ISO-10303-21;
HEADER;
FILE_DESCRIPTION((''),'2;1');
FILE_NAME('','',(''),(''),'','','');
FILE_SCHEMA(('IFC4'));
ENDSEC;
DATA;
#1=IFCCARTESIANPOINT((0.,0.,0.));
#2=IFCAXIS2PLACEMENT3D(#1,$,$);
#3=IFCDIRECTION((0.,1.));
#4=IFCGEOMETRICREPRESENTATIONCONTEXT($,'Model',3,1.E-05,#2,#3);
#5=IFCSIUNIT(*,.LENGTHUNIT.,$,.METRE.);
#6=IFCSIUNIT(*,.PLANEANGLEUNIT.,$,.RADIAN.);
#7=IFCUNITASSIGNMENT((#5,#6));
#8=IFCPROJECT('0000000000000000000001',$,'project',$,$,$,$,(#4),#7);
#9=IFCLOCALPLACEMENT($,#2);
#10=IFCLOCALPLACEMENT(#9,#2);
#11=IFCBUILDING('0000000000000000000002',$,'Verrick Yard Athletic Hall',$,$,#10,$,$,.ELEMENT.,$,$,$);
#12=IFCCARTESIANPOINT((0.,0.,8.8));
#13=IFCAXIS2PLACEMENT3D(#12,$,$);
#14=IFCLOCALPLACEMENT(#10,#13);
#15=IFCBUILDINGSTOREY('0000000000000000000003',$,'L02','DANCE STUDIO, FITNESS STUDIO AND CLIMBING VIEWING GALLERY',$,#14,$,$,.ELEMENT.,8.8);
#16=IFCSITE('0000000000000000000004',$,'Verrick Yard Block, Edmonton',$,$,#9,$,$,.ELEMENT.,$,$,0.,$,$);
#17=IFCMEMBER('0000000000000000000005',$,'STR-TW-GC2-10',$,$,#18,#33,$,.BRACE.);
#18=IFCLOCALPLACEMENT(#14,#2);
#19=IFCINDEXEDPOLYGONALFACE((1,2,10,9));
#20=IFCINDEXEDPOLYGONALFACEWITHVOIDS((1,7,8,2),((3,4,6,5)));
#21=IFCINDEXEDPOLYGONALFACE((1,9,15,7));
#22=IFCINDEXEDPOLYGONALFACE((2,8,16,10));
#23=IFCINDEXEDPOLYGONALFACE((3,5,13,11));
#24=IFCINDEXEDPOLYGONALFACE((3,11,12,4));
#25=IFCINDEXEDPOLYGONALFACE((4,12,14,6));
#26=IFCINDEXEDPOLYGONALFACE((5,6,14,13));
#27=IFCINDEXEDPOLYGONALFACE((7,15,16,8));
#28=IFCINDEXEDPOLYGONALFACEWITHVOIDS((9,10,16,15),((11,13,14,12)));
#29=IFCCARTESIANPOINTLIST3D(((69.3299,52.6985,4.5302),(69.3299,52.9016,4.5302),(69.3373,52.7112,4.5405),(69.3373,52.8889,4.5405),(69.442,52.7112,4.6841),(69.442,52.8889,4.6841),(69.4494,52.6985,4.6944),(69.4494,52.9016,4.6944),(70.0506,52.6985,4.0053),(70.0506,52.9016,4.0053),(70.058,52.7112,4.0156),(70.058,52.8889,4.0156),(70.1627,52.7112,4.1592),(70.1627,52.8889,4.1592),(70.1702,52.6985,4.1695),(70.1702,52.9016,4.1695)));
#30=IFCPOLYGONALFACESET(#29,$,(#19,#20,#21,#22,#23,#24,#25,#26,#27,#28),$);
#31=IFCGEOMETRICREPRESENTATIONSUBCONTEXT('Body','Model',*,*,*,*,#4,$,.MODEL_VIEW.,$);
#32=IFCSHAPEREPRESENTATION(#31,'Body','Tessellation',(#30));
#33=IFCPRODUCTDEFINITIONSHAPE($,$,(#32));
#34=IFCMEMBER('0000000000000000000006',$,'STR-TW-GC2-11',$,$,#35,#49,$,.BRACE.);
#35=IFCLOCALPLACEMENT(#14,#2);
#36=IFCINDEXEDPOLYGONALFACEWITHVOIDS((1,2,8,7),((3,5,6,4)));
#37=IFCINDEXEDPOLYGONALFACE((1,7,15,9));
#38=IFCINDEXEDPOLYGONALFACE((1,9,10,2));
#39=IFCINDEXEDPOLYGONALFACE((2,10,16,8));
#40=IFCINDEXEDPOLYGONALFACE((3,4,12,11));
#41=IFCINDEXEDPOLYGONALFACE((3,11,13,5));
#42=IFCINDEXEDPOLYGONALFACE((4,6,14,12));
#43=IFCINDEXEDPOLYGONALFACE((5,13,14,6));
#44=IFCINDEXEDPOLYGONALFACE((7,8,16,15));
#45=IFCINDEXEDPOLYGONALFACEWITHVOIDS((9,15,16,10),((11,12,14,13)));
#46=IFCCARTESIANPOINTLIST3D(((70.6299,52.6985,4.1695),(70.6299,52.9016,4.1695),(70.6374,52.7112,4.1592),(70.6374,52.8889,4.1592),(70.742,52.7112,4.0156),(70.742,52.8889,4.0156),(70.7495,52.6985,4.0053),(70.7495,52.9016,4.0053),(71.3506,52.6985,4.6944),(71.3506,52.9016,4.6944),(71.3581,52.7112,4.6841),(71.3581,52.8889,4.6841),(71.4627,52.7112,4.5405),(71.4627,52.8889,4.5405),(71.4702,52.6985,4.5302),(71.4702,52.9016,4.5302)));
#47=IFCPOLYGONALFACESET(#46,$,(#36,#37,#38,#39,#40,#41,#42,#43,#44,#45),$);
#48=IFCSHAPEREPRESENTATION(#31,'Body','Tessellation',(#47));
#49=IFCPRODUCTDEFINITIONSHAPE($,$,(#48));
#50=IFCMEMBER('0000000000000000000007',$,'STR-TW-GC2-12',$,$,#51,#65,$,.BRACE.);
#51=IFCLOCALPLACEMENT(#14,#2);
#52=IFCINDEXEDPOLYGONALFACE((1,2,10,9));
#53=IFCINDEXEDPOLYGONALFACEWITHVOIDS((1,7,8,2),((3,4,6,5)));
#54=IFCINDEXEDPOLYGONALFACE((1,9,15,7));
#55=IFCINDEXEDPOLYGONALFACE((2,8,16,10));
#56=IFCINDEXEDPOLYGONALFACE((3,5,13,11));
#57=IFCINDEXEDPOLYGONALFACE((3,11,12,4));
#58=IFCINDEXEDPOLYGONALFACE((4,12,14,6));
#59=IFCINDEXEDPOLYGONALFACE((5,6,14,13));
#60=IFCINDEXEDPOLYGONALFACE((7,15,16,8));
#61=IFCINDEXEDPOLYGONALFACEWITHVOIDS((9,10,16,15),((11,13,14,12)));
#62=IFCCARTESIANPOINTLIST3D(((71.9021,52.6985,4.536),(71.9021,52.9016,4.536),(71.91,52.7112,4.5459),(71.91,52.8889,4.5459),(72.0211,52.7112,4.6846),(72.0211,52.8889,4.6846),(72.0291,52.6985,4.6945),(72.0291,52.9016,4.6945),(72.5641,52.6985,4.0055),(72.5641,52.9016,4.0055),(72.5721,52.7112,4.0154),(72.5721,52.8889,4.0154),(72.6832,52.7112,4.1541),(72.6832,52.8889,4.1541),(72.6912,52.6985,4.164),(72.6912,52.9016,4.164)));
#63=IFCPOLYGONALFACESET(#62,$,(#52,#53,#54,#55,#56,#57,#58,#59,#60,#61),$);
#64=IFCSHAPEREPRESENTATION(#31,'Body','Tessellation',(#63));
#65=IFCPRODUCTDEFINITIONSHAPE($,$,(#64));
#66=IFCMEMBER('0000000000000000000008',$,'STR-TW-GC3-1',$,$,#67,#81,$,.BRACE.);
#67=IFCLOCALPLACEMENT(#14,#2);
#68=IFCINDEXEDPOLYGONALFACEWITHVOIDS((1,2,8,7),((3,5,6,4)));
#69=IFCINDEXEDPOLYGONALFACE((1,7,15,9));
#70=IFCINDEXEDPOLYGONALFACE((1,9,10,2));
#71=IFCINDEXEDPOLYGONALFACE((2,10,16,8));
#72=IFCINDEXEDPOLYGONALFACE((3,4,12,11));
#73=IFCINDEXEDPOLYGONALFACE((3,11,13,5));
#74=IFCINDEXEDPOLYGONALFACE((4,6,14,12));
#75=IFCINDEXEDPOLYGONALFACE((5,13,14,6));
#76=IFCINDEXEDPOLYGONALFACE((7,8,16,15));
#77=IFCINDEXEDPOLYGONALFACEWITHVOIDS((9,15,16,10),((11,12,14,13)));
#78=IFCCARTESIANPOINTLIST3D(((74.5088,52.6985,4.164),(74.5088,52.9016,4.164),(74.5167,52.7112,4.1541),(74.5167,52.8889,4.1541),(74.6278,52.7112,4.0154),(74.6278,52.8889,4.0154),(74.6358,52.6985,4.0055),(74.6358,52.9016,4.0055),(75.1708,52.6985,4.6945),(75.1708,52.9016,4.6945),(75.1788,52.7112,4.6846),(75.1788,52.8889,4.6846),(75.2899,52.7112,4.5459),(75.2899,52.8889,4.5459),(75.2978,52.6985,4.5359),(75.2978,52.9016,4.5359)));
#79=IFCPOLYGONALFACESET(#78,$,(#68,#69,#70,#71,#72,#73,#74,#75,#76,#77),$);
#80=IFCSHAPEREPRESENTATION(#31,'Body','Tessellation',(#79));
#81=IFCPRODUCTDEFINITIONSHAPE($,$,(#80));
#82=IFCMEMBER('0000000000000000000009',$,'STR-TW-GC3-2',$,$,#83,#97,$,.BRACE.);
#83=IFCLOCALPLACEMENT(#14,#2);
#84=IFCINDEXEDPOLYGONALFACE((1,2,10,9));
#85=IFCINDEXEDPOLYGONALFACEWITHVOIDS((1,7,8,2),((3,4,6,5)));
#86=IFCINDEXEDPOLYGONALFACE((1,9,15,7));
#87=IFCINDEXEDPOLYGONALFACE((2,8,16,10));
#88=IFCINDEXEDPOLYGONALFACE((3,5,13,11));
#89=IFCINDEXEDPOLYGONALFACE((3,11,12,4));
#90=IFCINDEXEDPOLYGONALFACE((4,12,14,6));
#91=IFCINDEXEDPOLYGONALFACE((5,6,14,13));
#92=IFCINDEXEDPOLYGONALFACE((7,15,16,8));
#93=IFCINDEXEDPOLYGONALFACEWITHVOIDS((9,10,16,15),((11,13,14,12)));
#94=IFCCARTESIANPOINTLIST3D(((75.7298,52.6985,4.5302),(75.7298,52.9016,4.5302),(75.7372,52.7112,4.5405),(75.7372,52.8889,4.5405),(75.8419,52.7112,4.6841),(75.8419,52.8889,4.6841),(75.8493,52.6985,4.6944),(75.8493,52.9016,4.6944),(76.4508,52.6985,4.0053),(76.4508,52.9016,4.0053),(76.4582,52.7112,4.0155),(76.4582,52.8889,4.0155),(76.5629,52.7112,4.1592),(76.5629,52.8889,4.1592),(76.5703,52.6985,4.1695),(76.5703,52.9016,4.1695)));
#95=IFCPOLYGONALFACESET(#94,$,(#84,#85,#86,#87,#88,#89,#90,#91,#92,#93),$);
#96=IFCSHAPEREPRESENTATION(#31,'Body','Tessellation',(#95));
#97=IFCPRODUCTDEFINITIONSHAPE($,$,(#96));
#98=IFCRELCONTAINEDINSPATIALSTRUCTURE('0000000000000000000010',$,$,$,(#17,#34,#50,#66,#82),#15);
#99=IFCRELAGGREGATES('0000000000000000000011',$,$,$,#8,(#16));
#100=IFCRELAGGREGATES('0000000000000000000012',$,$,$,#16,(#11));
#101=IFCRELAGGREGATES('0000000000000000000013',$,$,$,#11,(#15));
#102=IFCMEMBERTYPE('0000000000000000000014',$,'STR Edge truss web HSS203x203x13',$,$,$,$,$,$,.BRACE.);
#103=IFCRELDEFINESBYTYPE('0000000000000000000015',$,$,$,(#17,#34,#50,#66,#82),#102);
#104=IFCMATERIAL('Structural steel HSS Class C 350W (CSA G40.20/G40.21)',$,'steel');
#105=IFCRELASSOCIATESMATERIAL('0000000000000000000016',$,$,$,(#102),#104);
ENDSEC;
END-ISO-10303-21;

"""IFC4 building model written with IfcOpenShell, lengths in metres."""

from ifc_helpers import new_model, si_unit, direction, frame, origin, origin_2d, place, context, subcontext, project, spatial, hollow_rectangle, extrude, material, material_profile, profile_set, type_object, element, save


model = new_model("IFC4")

# Units and contexts
model_context = context("Model", 3, precision=1e-05, world=origin(), true_north=direction((0.0, 1.0)))
body_context = subcontext(model_context, "Body", "Model", "MODEL_VIEW")
ifc_project = project(units=[si_unit("LENGTHUNIT", "METRE"), si_unit("PLANEANGLEUNIT", "RADIAN")], contexts=[model_context])

# Site, building, storey
site_placement = place(None, origin())
site = spatial("IfcSite", under=ifc_project, at=site_placement, Name="Verrick Yard Block, Edmonton", CompositionType="ELEMENT", RefElevation=0.0)
building_placement = place(site_placement, origin())
building = spatial("IfcBuilding", under=site, at=building_placement, Name="Verrick Yard Athletic Hall", CompositionType="ELEMENT")
storey_placement = place(building_placement, frame((0.0, 0.0, 8.8)))
storey = spatial("IfcBuildingStorey", under=building, at=storey_placement, Name="L02", Description="DANCE STUDIO, FITNESS STUDIO AND CLIMBING VIEWING GALLERY", CompositionType="ELEMENT", Elevation=8.8)

# Members
ifc_material_1 = material(Name="Structural steel HSS Class C 350W (CSA G40.20/G40.21)", Category="steel")
ifc_material_profile_1 = material_profile(ifc_material_1, hollow_rectangle(XDim=0.2031, YDim=0.2031, WallThickness=0.0127, at=origin_2d()), Name="HSS203x203x13")
ifc_profile_set_1 = profile_set([ifc_material_profile_1], Name="Structural steel HSS Class C 350W (CSA G40.20/G40.21)")
member_type_1 = type_object("IfcMemberType", Name="STR Edge truss web HSS203x203x13", PredefinedType="BRACE", material=ifc_profile_set_1)
for number, where, z_axis, x_axis, name in (
    (1, (69.3896, 52.8, 4.6123), (0.808333, 0.0, -0.588725), (0.0, 1.0, 0.0), "STR-TW-GC2-10"),
    (2, (70.6897, 52.8, 4.0874), (0.808333, 0.0, 0.588725), (0.0, 1.0, 0.0), "STR-TW-GC2-11"),
):
    element("IfcMember", number, at=place(storey_placement, frame(where, z_axis=z_axis, x_axis=x_axis)), inside=storey, type_object=member_type_1, Name=name, PredefinedType="BRACE", context=body_context, shape_type="SweptSolid", body=[
        extrude(hollow_rectangle(XDim=0.2031, YDim=0.2031, WallThickness=0.0127, at=origin_2d()), origin(), (0.0, 0.0, 1.0), 0.8916),
    ])
for number, where, z_axis, x_axis, name in (
    (3, (71.9656, 52.8, 4.6152), (0.780391, 0.0, -0.625291), (0.0, 1.0, 0.0), "STR-TW-GC2-12"),
    (4, (74.5723, 52.8, 4.0847), (0.780391, 0.0, 0.625291), (0.0, 1.0, 0.0), "STR-TW-GC3-1"),
):
    element("IfcMember", number, at=place(storey_placement, frame(where, z_axis=z_axis, x_axis=x_axis)), inside=storey, type_object=member_type_1, Name=name, PredefinedType="BRACE", context=body_context, shape_type="SweptSolid", body=[
        extrude(hollow_rectangle(XDim=0.2031, YDim=0.2031, WallThickness=0.0127, at=origin_2d()), origin(), (0.0, 0.0, 1.0), 0.8484),
    ])
member_1_placement = place(storey_placement, frame((75.7896, 52.8, 4.6123), z_axis=(0.808428, 0.0, -0.588595), x_axis=(0.0, 1.0, 0.0)))
element("IfcMember", 5, at=member_1_placement, inside=storey, type_object=member_type_1, Name="STR-TW-GC3-2", PredefinedType="BRACE", context=body_context, shape_type="SweptSolid", body=[
    extrude(hollow_rectangle(XDim=0.2031, YDim=0.2031, WallThickness=0.0127, at=origin_2d()), origin(), (0.0, 0.0, 1.0), 0.8918),
])

save(model, "model.ifc")
